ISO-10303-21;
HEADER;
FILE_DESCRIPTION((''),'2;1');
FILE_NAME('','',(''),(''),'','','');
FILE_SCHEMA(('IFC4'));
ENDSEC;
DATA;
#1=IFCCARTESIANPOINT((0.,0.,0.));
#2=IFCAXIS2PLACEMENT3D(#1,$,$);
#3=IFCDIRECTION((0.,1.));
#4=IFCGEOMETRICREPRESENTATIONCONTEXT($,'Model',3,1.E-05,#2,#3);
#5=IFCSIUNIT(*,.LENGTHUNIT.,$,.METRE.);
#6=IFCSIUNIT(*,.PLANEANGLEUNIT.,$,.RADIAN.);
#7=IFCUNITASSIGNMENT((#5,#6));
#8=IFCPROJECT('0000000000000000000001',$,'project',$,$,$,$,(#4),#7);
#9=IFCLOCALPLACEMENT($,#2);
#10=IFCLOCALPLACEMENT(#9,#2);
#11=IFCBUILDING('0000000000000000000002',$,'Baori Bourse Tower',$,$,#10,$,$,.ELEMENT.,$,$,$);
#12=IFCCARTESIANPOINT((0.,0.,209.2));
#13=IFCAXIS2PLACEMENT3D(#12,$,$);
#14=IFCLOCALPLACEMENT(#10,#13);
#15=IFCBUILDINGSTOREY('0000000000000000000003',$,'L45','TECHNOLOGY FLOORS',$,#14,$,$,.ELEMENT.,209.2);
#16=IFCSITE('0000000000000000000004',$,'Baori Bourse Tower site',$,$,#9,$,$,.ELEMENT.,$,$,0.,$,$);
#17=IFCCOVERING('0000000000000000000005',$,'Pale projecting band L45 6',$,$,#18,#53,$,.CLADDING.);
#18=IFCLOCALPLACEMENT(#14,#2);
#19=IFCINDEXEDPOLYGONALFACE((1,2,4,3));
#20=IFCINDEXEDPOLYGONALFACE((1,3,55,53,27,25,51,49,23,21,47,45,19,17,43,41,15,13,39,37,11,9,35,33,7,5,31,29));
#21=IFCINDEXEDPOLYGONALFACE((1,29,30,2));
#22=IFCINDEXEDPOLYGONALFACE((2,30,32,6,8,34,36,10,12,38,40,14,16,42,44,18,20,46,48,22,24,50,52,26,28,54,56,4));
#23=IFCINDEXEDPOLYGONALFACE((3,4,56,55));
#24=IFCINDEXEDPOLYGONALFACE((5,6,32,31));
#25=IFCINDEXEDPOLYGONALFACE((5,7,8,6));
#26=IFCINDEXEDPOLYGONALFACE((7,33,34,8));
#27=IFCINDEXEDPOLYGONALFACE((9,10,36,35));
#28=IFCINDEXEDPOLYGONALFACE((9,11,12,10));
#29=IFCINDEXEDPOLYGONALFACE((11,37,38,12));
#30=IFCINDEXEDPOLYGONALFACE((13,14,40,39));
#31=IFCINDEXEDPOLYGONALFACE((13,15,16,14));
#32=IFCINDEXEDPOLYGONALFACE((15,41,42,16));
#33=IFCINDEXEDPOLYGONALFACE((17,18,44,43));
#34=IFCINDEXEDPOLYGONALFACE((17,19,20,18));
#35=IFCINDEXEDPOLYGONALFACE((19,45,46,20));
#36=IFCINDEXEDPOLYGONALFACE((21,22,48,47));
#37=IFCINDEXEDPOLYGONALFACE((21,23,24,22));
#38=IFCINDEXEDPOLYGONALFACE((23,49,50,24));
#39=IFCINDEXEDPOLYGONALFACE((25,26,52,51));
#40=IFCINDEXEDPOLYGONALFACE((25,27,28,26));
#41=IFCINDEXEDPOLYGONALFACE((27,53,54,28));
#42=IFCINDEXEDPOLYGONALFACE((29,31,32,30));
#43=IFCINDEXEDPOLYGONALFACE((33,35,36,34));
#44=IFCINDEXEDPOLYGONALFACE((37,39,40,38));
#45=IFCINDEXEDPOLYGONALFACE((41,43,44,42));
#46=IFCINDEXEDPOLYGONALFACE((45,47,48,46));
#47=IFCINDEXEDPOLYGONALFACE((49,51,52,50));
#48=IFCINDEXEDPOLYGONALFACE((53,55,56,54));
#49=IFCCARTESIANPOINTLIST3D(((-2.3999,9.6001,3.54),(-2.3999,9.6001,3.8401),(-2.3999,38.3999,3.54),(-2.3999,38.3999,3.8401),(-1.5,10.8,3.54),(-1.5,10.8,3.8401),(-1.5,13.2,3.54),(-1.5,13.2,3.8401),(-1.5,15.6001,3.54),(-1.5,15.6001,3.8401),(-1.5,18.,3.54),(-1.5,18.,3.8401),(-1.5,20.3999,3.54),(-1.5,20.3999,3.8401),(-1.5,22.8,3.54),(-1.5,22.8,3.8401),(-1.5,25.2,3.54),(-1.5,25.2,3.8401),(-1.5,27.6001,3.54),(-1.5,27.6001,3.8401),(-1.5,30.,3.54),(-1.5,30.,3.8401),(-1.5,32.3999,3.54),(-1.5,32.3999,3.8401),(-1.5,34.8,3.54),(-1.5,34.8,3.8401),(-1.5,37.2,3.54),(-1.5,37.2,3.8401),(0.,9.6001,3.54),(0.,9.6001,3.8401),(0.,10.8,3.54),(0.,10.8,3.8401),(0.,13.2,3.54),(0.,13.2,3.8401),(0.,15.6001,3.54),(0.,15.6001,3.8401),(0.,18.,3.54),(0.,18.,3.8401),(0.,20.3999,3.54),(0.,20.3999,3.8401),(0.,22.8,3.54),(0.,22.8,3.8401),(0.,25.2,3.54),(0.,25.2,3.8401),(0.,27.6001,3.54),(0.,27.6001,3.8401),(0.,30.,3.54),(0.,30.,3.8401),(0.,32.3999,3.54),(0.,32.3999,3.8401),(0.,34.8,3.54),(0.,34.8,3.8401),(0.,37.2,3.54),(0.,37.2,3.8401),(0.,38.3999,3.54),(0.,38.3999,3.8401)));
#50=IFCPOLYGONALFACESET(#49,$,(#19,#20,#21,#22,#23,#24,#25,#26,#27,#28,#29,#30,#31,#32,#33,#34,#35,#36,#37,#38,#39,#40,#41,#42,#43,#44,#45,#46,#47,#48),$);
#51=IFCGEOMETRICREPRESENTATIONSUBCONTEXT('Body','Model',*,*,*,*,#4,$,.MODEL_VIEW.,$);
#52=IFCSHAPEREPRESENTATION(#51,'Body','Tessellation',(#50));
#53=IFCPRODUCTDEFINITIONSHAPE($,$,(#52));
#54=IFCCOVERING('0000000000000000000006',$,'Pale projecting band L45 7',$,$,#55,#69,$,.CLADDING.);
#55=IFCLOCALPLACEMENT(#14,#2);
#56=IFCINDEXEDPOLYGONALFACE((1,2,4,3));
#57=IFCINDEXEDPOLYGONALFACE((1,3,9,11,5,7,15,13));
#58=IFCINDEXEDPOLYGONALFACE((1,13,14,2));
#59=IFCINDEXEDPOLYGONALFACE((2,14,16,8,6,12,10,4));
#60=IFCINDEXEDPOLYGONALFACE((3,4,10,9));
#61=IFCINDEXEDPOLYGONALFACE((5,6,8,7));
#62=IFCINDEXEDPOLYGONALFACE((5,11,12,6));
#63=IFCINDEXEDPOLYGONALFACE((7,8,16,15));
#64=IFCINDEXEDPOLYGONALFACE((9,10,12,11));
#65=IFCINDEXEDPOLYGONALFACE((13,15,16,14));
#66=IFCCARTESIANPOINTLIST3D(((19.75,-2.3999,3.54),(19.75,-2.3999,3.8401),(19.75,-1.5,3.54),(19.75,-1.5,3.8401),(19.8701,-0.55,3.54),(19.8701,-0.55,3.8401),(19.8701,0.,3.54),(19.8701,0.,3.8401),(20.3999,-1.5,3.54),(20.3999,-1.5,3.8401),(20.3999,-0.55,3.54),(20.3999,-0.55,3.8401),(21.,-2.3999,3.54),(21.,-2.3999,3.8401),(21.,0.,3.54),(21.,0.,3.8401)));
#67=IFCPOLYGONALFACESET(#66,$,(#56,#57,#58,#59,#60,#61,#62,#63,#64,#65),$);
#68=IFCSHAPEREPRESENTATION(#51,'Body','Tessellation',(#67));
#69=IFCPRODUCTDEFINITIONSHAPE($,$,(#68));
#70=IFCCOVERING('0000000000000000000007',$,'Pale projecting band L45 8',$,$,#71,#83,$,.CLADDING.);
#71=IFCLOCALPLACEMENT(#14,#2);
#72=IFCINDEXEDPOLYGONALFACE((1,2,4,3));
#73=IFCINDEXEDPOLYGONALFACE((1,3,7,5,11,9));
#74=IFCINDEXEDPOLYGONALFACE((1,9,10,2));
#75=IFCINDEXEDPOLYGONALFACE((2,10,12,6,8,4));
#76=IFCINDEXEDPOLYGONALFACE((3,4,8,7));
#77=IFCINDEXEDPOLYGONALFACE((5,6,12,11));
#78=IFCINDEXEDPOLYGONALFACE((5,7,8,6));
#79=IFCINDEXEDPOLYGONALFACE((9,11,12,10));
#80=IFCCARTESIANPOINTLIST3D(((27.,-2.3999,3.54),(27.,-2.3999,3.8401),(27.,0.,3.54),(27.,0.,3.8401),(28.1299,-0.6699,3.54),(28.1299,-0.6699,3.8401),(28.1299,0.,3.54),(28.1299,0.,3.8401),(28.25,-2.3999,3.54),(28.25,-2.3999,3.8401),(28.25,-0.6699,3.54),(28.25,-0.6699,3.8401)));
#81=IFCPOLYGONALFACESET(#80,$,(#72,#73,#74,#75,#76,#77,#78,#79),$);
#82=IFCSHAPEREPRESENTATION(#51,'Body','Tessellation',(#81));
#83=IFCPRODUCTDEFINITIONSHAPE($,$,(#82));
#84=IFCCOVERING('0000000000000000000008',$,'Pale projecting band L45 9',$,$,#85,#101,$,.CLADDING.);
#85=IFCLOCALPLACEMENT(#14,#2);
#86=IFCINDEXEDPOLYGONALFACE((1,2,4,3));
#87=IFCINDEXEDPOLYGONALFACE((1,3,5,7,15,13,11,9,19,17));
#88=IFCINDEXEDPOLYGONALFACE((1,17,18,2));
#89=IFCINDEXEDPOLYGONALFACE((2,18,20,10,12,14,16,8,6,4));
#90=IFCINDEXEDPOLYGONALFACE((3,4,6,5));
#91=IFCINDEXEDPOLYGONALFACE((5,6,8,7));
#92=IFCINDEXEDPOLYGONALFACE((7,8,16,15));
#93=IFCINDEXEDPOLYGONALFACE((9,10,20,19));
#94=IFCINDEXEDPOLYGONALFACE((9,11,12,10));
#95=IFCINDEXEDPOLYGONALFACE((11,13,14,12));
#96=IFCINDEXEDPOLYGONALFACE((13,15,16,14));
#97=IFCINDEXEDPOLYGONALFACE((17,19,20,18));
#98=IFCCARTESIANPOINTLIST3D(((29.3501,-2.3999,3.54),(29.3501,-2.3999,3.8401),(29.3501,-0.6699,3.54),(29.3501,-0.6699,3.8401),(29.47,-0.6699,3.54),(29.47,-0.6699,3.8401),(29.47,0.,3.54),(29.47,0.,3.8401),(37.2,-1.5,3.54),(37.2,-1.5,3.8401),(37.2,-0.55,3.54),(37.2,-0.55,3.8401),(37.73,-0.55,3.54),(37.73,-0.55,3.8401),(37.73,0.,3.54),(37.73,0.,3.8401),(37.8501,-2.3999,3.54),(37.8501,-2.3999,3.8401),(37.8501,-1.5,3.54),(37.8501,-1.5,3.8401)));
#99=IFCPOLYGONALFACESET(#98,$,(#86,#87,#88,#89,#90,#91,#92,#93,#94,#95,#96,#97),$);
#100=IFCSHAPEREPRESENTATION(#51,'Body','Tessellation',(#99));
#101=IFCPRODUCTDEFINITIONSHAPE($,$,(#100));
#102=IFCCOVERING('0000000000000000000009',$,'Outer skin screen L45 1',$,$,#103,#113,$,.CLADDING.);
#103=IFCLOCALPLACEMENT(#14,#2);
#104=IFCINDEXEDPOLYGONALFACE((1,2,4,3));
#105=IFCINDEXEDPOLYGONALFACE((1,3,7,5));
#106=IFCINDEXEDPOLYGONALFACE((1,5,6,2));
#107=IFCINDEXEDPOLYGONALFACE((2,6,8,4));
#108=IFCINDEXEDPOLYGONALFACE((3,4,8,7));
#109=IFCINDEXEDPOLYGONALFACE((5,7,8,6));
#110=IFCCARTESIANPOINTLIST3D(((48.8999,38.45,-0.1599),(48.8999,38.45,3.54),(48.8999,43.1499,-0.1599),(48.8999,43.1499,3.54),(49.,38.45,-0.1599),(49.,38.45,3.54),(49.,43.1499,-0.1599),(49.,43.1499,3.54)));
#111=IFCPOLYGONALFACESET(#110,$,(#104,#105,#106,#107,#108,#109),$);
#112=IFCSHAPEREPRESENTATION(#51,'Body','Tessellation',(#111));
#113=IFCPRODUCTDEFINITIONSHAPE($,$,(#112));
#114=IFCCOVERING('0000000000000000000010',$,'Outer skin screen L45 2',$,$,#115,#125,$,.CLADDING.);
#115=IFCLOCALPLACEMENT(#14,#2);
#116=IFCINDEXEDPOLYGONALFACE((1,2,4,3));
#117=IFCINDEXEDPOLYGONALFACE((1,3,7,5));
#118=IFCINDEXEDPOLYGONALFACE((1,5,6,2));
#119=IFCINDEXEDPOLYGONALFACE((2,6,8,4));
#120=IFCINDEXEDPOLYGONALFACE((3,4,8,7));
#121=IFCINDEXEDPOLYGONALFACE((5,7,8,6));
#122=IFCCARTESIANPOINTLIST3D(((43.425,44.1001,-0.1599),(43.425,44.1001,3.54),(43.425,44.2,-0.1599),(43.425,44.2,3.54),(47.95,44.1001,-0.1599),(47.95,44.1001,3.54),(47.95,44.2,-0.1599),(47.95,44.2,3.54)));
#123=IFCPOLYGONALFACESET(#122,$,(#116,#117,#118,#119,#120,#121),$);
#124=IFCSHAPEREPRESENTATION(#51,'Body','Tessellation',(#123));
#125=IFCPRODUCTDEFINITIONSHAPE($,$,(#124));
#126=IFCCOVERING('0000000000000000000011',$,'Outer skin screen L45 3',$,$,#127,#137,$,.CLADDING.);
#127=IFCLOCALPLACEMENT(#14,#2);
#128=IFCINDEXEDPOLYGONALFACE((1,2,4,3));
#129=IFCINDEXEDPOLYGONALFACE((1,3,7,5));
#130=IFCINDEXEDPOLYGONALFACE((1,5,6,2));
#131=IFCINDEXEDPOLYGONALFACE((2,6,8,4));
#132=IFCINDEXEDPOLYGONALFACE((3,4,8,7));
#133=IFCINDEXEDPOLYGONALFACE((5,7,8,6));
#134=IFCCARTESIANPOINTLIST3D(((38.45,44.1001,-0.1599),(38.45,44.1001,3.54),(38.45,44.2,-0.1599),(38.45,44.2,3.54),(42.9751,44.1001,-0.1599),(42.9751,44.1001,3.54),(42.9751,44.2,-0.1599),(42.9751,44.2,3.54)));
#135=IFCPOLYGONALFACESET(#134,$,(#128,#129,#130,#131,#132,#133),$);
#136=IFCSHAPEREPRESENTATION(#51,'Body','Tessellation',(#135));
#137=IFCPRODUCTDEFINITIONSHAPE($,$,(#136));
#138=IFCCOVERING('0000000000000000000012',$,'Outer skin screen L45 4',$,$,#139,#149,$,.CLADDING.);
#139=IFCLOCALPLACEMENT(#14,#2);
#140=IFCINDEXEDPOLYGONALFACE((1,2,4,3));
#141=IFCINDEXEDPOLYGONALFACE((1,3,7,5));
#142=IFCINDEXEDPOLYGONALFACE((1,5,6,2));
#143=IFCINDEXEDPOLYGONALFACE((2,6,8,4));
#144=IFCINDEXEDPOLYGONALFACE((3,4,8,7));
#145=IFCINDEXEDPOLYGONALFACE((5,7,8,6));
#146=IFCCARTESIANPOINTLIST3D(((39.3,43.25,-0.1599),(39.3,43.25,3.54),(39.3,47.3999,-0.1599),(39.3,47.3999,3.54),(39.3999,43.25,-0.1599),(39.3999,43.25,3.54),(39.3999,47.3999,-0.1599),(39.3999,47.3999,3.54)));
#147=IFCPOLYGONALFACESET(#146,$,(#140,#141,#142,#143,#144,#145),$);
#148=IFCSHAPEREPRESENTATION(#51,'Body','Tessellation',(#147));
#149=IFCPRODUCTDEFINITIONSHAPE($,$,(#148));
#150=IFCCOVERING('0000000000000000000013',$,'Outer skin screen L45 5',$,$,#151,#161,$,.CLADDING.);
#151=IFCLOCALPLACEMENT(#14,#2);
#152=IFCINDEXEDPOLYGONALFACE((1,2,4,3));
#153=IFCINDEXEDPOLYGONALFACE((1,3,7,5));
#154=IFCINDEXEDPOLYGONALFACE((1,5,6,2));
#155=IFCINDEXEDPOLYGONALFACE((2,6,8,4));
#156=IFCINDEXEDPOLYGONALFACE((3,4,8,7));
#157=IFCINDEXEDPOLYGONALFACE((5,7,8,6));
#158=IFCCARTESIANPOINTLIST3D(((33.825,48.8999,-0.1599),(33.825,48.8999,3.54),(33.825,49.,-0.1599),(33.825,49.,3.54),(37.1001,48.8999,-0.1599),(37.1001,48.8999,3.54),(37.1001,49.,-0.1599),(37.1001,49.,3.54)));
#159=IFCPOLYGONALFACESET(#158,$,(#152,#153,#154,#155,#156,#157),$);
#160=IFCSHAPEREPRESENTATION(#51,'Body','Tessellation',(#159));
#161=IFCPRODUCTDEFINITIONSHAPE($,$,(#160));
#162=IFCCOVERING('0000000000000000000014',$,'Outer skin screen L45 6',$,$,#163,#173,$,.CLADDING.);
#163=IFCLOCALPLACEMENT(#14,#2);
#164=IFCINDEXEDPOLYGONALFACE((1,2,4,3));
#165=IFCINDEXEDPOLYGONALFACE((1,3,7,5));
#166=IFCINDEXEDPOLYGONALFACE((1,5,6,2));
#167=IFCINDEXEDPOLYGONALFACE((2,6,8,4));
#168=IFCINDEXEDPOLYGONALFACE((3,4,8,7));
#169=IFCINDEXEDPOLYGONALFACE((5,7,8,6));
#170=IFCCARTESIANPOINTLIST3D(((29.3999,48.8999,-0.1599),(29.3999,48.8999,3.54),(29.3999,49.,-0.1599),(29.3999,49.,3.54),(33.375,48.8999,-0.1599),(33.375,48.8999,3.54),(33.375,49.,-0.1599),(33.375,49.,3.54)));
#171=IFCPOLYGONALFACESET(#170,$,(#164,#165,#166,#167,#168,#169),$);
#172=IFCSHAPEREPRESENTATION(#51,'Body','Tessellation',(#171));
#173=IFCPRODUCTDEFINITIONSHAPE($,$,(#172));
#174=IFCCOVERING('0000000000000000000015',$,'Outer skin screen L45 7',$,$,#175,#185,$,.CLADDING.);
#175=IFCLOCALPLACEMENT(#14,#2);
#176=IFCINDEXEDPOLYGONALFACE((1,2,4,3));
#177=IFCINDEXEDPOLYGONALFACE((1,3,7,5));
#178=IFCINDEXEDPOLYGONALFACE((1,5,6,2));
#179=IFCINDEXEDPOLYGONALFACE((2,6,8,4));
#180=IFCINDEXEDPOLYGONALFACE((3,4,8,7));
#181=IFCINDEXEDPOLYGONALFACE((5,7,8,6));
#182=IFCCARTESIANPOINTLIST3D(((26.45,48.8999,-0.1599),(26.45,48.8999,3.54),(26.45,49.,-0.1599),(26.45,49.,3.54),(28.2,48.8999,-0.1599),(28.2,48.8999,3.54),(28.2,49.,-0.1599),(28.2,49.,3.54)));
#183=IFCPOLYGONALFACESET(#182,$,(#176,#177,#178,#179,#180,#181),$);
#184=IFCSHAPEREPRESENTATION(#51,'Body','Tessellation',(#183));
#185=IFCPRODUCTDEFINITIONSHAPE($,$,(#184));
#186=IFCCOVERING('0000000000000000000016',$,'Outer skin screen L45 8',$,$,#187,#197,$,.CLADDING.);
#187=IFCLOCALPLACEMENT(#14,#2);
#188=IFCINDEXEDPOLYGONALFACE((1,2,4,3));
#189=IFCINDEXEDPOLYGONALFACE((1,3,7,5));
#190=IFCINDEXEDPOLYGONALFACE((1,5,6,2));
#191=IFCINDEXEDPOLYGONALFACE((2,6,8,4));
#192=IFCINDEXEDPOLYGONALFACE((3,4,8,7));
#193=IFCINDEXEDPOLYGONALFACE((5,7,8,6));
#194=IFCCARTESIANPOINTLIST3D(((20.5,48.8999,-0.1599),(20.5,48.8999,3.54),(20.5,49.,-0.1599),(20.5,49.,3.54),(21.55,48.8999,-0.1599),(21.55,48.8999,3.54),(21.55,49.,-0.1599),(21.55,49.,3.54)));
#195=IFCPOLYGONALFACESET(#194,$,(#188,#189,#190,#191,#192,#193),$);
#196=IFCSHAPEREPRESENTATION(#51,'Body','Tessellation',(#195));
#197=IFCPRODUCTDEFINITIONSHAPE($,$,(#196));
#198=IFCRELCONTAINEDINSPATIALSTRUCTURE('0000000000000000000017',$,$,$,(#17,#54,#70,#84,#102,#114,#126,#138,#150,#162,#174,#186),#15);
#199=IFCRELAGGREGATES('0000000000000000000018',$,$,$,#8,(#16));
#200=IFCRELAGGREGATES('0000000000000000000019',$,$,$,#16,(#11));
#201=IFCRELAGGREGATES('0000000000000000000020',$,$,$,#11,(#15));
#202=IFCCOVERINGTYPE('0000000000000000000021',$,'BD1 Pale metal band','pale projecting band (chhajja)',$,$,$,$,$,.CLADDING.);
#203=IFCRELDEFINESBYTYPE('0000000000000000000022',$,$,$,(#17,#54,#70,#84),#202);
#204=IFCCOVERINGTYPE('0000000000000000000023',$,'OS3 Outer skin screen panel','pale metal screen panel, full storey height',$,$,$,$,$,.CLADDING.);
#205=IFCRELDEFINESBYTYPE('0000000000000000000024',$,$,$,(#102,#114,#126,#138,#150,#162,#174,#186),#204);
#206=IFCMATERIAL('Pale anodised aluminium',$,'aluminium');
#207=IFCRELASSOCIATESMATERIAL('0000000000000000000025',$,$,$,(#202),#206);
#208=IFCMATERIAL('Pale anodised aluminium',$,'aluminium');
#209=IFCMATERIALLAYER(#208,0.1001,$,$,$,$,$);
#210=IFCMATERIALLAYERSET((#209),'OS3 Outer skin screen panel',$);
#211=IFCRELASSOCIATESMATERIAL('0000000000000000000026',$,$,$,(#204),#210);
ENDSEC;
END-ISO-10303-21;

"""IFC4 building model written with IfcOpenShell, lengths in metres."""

from ifc_helpers import new_model, si_unit, direction, frame, origin, place, context, subcontext, project, spatial, polyline, outline, extrude, material, layer, layer_set, type_object, element, save


model = new_model("IFC4")

# Units and contexts
model_context = context("Model", 3, precision=1e-05, world=origin(), true_north=direction((0.0, 1.0)))
body_context = subcontext(model_context, "Body", "Model", "MODEL_VIEW")
ifc_project = project(units=[si_unit("LENGTHUNIT", "METRE"), si_unit("PLANEANGLEUNIT", "RADIAN")], contexts=[model_context])

# Site, building, storey
site_placement = place(None, origin())
site = spatial("IfcSite", under=ifc_project, at=site_placement, Name="Baori Bourse Tower site", CompositionType="ELEMENT", RefElevation=0.0)
building_placement = place(site_placement, origin())
building = spatial("IfcBuilding", under=site, at=building_placement, Name="Baori Bourse Tower", CompositionType="ELEMENT")
storey_placement = place(building_placement, frame((0.0, 0.0, 209.2)))
storey = spatial("IfcBuildingStorey", under=building, at=storey_placement, Name="L45", Description="TECHNOLOGY FLOORS", CompositionType="ELEMENT", Elevation=209.2)

# Coverings
ifc_material_1 = material(Name="Pale anodised aluminium", Category="aluminium")
covering_type_1 = type_object("IfcCoveringType", Name="BD1 Pale metal band", Description="pale projecting band (chhajja)", PredefinedType="CLADDING", material=ifc_material_1)
covering_1_placement = place(storey_placement, frame((0.0, 0.0, 3.54)))
element("IfcCovering", 1, at=covering_1_placement, inside=storey, type_object=covering_type_1, Name="Pale projecting band L45 6", PredefinedType="CLADDING", context=body_context, shape_type="SweptSolid", body=[
    extrude(outline(polyline([(0.0, 37.2), (0.0, 38.3999), (-2.3999, 38.3999), (-2.3999, 9.6001), (0.0, 9.6001), (0.0, 10.8), (-1.5, 10.8), (-1.5, 13.2), (0.0, 13.2), (0.0, 15.6001), (-1.5, 15.6001), (-1.5, 18.0), (0.0, 18.0), (0.0, 20.3999), (-1.5, 20.3999), (-1.5, 22.8), (0.0, 22.8), (0.0, 25.2), (-1.5, 25.2), (-1.5, 27.6001), (0.0, 27.6001), (0.0, 30.0), (-1.5, 30.0), (-1.5, 32.3999), (0.0, 32.3999), (0.0, 34.8), (-1.5, 34.8), (-1.5, 37.2), (0.0, 37.2)])), origin(), (0.0, 0.0, 1.0), 0.3),
])
covering_2_placement = place(storey_placement, frame((0.0, 0.0, 3.54)))
element("IfcCovering", 2, at=covering_2_placement, inside=storey, type_object=covering_type_1, Name="Pale projecting band L45 7", PredefinedType="CLADDING", context=body_context, shape_type="SweptSolid", body=[
    extrude(outline(polyline([(21.0, 0.0), (19.8701, 0.0), (19.8701, -0.55), (20.3999, -0.55), (20.3999, -1.5), (19.75, -1.5), (19.75, -2.3999), (21.0, -2.3999), (21.0, 0.0)])), origin(), (0.0, 0.0, 1.0), 0.3),
])
covering_3_placement = place(storey_placement, frame((0.0, 0.0, 3.54)))
element("IfcCovering", 3, at=covering_3_placement, inside=storey, type_object=covering_type_1, Name="Pale projecting band L45 8", PredefinedType="CLADDING", context=body_context, shape_type="SweptSolid", body=[
    extrude(outline(polyline([(28.1299, 0.0), (27.0, 0.0), (27.0, -2.3999), (28.25, -2.3999), (28.25, -0.6699), (28.1299, -0.6699), (28.1299, 0.0)])), origin(), (0.0, 0.0, 1.0), 0.3),
])
covering_4_placement = place(storey_placement, frame((0.0, 0.0, 3.54)))
element("IfcCovering", 4, at=covering_4_placement, inside=storey, type_object=covering_type_1, Name="Pale projecting band L45 9", PredefinedType="CLADDING", context=body_context, shape_type="SweptSolid", body=[
    extrude(outline(polyline([(37.73, 0.0), (29.47, 0.0), (29.47, -0.6699), (29.3501, -0.6699), (29.3501, -2.3999), (37.8501, -2.3999), (37.8501, -1.5), (37.2, -1.5), (37.2, -0.55), (37.73, -0.55), (37.73, 0.0)])), origin(), (0.0, 0.0, 1.0), 0.3),
])
ifc_material_2 = material(Name="Pale anodised aluminium", Category="aluminium")
ifc_layer_1 = layer(ifc_material_2, 0.1001)
ifc_layer_set_1 = layer_set([ifc_layer_1], Name="OS3 Outer skin screen panel")
covering_type_2 = type_object("IfcCoveringType", Name="OS3 Outer skin screen panel", Description="pale metal screen panel, full storey height", PredefinedType="CLADDING", material=ifc_layer_set_1)
covering_5_placement = place(storey_placement, frame((0.0, 0.0, -0.1599)))
element("IfcCovering", 5, at=covering_5_placement, inside=storey, type_object=covering_type_2, Name="Outer skin screen L45 1", PredefinedType="CLADDING", context=body_context, shape_type="SweptSolid", body=[
    extrude(outline(polyline([(48.8999, 43.1499), (48.8999, 38.45), (49.0, 38.45), (49.0, 43.1499), (48.8999, 43.1499)])), origin(), (0.0, 0.0, 1.0), 3.7),
])
covering_6_placement = place(storey_placement, frame((0.0, 0.0, -0.1599)))
element("IfcCovering", 6, at=covering_6_placement, inside=storey, type_object=covering_type_2, Name="Outer skin screen L45 2", PredefinedType="CLADDING", context=body_context, shape_type="SweptSolid", body=[
    extrude(outline(polyline([(43.425, 44.1001), (47.95, 44.1001), (47.95, 44.2), (43.425, 44.2), (43.425, 44.1001)])), origin(), (0.0, 0.0, 1.0), 3.7),
])
covering_7_placement = place(storey_placement, frame((0.0, 0.0, -0.1599)))
element("IfcCovering", 7, at=covering_7_placement, inside=storey, type_object=covering_type_2, Name="Outer skin screen L45 3", PredefinedType="CLADDING", context=body_context, shape_type="SweptSolid", body=[
    extrude(outline(polyline([(38.45, 44.1001), (42.9751, 44.1001), (42.9751, 44.2), (38.45, 44.2), (38.45, 44.1001)])), origin(), (0.0, 0.0, 1.0), 3.7),
])
covering_8_placement = place(storey_placement, frame((0.0, 0.0, -0.1599)))
element("IfcCovering", 8, at=covering_8_placement, inside=storey, type_object=covering_type_2, Name="Outer skin screen L45 4", PredefinedType="CLADDING", context=body_context, shape_type="SweptSolid", body=[
    extrude(outline(polyline([(39.3, 47.3999), (39.3, 43.25), (39.3999, 43.25), (39.3999, 47.3999), (39.3, 47.3999)])), origin(), (0.0, 0.0, 1.0), 3.7),
])
covering_9_placement = place(storey_placement, frame((0.0, 0.0, -0.1599)))
element("IfcCovering", 9, at=covering_9_placement, inside=storey, type_object=covering_type_2, Name="Outer skin screen L45 5", PredefinedType="CLADDING", context=body_context, shape_type="SweptSolid", body=[
    extrude(outline(polyline([(33.825, 48.8999), (37.1001, 48.8999), (37.1001, 49.0), (33.825, 49.0), (33.825, 48.8999)])), origin(), (0.0, 0.0, 1.0), 3.7),
])
covering_10_placement = place(storey_placement, frame((0.0, 0.0, -0.1599)))
element("IfcCovering", 10, at=covering_10_placement, inside=storey, type_object=covering_type_2, Name="Outer skin screen L45 6", PredefinedType="CLADDING", context=body_context, shape_type="SweptSolid", body=[
    extrude(outline(polyline([(29.3999, 48.8999), (33.375, 48.8999), (33.375, 49.0), (29.3999, 49.0), (29.3999, 48.8999)])), origin(), (0.0, 0.0, 1.0), 3.7),
])
covering_11_placement = place(storey_placement, frame((0.0, 0.0, -0.1599)))
element("IfcCovering", 11, at=covering_11_placement, inside=storey, type_object=covering_type_2, Name="Outer skin screen L45 7", PredefinedType="CLADDING", context=body_context, shape_type="SweptSolid", body=[
    extrude(outline(polyline([(26.45, 48.8999), (28.2, 48.8999), (28.2, 49.0), (26.45, 49.0), (26.45, 48.8999)])), origin(), (0.0, 0.0, 1.0), 3.7),
])
covering_12_placement = place(storey_placement, frame((0.0, 0.0, -0.1599)))
element("IfcCovering", 12, at=covering_12_placement, inside=storey, type_object=covering_type_2, Name="Outer skin screen L45 8", PredefinedType="CLADDING", context=body_context, shape_type="SweptSolid", body=[
    extrude(outline(polyline([(20.5, 48.8999), (21.55, 48.8999), (21.55, 49.0), (20.5, 49.0), (20.5, 48.8999)])), origin(), (0.0, 0.0, 1.0), 3.7),
])

save(model, "model.ifc")
